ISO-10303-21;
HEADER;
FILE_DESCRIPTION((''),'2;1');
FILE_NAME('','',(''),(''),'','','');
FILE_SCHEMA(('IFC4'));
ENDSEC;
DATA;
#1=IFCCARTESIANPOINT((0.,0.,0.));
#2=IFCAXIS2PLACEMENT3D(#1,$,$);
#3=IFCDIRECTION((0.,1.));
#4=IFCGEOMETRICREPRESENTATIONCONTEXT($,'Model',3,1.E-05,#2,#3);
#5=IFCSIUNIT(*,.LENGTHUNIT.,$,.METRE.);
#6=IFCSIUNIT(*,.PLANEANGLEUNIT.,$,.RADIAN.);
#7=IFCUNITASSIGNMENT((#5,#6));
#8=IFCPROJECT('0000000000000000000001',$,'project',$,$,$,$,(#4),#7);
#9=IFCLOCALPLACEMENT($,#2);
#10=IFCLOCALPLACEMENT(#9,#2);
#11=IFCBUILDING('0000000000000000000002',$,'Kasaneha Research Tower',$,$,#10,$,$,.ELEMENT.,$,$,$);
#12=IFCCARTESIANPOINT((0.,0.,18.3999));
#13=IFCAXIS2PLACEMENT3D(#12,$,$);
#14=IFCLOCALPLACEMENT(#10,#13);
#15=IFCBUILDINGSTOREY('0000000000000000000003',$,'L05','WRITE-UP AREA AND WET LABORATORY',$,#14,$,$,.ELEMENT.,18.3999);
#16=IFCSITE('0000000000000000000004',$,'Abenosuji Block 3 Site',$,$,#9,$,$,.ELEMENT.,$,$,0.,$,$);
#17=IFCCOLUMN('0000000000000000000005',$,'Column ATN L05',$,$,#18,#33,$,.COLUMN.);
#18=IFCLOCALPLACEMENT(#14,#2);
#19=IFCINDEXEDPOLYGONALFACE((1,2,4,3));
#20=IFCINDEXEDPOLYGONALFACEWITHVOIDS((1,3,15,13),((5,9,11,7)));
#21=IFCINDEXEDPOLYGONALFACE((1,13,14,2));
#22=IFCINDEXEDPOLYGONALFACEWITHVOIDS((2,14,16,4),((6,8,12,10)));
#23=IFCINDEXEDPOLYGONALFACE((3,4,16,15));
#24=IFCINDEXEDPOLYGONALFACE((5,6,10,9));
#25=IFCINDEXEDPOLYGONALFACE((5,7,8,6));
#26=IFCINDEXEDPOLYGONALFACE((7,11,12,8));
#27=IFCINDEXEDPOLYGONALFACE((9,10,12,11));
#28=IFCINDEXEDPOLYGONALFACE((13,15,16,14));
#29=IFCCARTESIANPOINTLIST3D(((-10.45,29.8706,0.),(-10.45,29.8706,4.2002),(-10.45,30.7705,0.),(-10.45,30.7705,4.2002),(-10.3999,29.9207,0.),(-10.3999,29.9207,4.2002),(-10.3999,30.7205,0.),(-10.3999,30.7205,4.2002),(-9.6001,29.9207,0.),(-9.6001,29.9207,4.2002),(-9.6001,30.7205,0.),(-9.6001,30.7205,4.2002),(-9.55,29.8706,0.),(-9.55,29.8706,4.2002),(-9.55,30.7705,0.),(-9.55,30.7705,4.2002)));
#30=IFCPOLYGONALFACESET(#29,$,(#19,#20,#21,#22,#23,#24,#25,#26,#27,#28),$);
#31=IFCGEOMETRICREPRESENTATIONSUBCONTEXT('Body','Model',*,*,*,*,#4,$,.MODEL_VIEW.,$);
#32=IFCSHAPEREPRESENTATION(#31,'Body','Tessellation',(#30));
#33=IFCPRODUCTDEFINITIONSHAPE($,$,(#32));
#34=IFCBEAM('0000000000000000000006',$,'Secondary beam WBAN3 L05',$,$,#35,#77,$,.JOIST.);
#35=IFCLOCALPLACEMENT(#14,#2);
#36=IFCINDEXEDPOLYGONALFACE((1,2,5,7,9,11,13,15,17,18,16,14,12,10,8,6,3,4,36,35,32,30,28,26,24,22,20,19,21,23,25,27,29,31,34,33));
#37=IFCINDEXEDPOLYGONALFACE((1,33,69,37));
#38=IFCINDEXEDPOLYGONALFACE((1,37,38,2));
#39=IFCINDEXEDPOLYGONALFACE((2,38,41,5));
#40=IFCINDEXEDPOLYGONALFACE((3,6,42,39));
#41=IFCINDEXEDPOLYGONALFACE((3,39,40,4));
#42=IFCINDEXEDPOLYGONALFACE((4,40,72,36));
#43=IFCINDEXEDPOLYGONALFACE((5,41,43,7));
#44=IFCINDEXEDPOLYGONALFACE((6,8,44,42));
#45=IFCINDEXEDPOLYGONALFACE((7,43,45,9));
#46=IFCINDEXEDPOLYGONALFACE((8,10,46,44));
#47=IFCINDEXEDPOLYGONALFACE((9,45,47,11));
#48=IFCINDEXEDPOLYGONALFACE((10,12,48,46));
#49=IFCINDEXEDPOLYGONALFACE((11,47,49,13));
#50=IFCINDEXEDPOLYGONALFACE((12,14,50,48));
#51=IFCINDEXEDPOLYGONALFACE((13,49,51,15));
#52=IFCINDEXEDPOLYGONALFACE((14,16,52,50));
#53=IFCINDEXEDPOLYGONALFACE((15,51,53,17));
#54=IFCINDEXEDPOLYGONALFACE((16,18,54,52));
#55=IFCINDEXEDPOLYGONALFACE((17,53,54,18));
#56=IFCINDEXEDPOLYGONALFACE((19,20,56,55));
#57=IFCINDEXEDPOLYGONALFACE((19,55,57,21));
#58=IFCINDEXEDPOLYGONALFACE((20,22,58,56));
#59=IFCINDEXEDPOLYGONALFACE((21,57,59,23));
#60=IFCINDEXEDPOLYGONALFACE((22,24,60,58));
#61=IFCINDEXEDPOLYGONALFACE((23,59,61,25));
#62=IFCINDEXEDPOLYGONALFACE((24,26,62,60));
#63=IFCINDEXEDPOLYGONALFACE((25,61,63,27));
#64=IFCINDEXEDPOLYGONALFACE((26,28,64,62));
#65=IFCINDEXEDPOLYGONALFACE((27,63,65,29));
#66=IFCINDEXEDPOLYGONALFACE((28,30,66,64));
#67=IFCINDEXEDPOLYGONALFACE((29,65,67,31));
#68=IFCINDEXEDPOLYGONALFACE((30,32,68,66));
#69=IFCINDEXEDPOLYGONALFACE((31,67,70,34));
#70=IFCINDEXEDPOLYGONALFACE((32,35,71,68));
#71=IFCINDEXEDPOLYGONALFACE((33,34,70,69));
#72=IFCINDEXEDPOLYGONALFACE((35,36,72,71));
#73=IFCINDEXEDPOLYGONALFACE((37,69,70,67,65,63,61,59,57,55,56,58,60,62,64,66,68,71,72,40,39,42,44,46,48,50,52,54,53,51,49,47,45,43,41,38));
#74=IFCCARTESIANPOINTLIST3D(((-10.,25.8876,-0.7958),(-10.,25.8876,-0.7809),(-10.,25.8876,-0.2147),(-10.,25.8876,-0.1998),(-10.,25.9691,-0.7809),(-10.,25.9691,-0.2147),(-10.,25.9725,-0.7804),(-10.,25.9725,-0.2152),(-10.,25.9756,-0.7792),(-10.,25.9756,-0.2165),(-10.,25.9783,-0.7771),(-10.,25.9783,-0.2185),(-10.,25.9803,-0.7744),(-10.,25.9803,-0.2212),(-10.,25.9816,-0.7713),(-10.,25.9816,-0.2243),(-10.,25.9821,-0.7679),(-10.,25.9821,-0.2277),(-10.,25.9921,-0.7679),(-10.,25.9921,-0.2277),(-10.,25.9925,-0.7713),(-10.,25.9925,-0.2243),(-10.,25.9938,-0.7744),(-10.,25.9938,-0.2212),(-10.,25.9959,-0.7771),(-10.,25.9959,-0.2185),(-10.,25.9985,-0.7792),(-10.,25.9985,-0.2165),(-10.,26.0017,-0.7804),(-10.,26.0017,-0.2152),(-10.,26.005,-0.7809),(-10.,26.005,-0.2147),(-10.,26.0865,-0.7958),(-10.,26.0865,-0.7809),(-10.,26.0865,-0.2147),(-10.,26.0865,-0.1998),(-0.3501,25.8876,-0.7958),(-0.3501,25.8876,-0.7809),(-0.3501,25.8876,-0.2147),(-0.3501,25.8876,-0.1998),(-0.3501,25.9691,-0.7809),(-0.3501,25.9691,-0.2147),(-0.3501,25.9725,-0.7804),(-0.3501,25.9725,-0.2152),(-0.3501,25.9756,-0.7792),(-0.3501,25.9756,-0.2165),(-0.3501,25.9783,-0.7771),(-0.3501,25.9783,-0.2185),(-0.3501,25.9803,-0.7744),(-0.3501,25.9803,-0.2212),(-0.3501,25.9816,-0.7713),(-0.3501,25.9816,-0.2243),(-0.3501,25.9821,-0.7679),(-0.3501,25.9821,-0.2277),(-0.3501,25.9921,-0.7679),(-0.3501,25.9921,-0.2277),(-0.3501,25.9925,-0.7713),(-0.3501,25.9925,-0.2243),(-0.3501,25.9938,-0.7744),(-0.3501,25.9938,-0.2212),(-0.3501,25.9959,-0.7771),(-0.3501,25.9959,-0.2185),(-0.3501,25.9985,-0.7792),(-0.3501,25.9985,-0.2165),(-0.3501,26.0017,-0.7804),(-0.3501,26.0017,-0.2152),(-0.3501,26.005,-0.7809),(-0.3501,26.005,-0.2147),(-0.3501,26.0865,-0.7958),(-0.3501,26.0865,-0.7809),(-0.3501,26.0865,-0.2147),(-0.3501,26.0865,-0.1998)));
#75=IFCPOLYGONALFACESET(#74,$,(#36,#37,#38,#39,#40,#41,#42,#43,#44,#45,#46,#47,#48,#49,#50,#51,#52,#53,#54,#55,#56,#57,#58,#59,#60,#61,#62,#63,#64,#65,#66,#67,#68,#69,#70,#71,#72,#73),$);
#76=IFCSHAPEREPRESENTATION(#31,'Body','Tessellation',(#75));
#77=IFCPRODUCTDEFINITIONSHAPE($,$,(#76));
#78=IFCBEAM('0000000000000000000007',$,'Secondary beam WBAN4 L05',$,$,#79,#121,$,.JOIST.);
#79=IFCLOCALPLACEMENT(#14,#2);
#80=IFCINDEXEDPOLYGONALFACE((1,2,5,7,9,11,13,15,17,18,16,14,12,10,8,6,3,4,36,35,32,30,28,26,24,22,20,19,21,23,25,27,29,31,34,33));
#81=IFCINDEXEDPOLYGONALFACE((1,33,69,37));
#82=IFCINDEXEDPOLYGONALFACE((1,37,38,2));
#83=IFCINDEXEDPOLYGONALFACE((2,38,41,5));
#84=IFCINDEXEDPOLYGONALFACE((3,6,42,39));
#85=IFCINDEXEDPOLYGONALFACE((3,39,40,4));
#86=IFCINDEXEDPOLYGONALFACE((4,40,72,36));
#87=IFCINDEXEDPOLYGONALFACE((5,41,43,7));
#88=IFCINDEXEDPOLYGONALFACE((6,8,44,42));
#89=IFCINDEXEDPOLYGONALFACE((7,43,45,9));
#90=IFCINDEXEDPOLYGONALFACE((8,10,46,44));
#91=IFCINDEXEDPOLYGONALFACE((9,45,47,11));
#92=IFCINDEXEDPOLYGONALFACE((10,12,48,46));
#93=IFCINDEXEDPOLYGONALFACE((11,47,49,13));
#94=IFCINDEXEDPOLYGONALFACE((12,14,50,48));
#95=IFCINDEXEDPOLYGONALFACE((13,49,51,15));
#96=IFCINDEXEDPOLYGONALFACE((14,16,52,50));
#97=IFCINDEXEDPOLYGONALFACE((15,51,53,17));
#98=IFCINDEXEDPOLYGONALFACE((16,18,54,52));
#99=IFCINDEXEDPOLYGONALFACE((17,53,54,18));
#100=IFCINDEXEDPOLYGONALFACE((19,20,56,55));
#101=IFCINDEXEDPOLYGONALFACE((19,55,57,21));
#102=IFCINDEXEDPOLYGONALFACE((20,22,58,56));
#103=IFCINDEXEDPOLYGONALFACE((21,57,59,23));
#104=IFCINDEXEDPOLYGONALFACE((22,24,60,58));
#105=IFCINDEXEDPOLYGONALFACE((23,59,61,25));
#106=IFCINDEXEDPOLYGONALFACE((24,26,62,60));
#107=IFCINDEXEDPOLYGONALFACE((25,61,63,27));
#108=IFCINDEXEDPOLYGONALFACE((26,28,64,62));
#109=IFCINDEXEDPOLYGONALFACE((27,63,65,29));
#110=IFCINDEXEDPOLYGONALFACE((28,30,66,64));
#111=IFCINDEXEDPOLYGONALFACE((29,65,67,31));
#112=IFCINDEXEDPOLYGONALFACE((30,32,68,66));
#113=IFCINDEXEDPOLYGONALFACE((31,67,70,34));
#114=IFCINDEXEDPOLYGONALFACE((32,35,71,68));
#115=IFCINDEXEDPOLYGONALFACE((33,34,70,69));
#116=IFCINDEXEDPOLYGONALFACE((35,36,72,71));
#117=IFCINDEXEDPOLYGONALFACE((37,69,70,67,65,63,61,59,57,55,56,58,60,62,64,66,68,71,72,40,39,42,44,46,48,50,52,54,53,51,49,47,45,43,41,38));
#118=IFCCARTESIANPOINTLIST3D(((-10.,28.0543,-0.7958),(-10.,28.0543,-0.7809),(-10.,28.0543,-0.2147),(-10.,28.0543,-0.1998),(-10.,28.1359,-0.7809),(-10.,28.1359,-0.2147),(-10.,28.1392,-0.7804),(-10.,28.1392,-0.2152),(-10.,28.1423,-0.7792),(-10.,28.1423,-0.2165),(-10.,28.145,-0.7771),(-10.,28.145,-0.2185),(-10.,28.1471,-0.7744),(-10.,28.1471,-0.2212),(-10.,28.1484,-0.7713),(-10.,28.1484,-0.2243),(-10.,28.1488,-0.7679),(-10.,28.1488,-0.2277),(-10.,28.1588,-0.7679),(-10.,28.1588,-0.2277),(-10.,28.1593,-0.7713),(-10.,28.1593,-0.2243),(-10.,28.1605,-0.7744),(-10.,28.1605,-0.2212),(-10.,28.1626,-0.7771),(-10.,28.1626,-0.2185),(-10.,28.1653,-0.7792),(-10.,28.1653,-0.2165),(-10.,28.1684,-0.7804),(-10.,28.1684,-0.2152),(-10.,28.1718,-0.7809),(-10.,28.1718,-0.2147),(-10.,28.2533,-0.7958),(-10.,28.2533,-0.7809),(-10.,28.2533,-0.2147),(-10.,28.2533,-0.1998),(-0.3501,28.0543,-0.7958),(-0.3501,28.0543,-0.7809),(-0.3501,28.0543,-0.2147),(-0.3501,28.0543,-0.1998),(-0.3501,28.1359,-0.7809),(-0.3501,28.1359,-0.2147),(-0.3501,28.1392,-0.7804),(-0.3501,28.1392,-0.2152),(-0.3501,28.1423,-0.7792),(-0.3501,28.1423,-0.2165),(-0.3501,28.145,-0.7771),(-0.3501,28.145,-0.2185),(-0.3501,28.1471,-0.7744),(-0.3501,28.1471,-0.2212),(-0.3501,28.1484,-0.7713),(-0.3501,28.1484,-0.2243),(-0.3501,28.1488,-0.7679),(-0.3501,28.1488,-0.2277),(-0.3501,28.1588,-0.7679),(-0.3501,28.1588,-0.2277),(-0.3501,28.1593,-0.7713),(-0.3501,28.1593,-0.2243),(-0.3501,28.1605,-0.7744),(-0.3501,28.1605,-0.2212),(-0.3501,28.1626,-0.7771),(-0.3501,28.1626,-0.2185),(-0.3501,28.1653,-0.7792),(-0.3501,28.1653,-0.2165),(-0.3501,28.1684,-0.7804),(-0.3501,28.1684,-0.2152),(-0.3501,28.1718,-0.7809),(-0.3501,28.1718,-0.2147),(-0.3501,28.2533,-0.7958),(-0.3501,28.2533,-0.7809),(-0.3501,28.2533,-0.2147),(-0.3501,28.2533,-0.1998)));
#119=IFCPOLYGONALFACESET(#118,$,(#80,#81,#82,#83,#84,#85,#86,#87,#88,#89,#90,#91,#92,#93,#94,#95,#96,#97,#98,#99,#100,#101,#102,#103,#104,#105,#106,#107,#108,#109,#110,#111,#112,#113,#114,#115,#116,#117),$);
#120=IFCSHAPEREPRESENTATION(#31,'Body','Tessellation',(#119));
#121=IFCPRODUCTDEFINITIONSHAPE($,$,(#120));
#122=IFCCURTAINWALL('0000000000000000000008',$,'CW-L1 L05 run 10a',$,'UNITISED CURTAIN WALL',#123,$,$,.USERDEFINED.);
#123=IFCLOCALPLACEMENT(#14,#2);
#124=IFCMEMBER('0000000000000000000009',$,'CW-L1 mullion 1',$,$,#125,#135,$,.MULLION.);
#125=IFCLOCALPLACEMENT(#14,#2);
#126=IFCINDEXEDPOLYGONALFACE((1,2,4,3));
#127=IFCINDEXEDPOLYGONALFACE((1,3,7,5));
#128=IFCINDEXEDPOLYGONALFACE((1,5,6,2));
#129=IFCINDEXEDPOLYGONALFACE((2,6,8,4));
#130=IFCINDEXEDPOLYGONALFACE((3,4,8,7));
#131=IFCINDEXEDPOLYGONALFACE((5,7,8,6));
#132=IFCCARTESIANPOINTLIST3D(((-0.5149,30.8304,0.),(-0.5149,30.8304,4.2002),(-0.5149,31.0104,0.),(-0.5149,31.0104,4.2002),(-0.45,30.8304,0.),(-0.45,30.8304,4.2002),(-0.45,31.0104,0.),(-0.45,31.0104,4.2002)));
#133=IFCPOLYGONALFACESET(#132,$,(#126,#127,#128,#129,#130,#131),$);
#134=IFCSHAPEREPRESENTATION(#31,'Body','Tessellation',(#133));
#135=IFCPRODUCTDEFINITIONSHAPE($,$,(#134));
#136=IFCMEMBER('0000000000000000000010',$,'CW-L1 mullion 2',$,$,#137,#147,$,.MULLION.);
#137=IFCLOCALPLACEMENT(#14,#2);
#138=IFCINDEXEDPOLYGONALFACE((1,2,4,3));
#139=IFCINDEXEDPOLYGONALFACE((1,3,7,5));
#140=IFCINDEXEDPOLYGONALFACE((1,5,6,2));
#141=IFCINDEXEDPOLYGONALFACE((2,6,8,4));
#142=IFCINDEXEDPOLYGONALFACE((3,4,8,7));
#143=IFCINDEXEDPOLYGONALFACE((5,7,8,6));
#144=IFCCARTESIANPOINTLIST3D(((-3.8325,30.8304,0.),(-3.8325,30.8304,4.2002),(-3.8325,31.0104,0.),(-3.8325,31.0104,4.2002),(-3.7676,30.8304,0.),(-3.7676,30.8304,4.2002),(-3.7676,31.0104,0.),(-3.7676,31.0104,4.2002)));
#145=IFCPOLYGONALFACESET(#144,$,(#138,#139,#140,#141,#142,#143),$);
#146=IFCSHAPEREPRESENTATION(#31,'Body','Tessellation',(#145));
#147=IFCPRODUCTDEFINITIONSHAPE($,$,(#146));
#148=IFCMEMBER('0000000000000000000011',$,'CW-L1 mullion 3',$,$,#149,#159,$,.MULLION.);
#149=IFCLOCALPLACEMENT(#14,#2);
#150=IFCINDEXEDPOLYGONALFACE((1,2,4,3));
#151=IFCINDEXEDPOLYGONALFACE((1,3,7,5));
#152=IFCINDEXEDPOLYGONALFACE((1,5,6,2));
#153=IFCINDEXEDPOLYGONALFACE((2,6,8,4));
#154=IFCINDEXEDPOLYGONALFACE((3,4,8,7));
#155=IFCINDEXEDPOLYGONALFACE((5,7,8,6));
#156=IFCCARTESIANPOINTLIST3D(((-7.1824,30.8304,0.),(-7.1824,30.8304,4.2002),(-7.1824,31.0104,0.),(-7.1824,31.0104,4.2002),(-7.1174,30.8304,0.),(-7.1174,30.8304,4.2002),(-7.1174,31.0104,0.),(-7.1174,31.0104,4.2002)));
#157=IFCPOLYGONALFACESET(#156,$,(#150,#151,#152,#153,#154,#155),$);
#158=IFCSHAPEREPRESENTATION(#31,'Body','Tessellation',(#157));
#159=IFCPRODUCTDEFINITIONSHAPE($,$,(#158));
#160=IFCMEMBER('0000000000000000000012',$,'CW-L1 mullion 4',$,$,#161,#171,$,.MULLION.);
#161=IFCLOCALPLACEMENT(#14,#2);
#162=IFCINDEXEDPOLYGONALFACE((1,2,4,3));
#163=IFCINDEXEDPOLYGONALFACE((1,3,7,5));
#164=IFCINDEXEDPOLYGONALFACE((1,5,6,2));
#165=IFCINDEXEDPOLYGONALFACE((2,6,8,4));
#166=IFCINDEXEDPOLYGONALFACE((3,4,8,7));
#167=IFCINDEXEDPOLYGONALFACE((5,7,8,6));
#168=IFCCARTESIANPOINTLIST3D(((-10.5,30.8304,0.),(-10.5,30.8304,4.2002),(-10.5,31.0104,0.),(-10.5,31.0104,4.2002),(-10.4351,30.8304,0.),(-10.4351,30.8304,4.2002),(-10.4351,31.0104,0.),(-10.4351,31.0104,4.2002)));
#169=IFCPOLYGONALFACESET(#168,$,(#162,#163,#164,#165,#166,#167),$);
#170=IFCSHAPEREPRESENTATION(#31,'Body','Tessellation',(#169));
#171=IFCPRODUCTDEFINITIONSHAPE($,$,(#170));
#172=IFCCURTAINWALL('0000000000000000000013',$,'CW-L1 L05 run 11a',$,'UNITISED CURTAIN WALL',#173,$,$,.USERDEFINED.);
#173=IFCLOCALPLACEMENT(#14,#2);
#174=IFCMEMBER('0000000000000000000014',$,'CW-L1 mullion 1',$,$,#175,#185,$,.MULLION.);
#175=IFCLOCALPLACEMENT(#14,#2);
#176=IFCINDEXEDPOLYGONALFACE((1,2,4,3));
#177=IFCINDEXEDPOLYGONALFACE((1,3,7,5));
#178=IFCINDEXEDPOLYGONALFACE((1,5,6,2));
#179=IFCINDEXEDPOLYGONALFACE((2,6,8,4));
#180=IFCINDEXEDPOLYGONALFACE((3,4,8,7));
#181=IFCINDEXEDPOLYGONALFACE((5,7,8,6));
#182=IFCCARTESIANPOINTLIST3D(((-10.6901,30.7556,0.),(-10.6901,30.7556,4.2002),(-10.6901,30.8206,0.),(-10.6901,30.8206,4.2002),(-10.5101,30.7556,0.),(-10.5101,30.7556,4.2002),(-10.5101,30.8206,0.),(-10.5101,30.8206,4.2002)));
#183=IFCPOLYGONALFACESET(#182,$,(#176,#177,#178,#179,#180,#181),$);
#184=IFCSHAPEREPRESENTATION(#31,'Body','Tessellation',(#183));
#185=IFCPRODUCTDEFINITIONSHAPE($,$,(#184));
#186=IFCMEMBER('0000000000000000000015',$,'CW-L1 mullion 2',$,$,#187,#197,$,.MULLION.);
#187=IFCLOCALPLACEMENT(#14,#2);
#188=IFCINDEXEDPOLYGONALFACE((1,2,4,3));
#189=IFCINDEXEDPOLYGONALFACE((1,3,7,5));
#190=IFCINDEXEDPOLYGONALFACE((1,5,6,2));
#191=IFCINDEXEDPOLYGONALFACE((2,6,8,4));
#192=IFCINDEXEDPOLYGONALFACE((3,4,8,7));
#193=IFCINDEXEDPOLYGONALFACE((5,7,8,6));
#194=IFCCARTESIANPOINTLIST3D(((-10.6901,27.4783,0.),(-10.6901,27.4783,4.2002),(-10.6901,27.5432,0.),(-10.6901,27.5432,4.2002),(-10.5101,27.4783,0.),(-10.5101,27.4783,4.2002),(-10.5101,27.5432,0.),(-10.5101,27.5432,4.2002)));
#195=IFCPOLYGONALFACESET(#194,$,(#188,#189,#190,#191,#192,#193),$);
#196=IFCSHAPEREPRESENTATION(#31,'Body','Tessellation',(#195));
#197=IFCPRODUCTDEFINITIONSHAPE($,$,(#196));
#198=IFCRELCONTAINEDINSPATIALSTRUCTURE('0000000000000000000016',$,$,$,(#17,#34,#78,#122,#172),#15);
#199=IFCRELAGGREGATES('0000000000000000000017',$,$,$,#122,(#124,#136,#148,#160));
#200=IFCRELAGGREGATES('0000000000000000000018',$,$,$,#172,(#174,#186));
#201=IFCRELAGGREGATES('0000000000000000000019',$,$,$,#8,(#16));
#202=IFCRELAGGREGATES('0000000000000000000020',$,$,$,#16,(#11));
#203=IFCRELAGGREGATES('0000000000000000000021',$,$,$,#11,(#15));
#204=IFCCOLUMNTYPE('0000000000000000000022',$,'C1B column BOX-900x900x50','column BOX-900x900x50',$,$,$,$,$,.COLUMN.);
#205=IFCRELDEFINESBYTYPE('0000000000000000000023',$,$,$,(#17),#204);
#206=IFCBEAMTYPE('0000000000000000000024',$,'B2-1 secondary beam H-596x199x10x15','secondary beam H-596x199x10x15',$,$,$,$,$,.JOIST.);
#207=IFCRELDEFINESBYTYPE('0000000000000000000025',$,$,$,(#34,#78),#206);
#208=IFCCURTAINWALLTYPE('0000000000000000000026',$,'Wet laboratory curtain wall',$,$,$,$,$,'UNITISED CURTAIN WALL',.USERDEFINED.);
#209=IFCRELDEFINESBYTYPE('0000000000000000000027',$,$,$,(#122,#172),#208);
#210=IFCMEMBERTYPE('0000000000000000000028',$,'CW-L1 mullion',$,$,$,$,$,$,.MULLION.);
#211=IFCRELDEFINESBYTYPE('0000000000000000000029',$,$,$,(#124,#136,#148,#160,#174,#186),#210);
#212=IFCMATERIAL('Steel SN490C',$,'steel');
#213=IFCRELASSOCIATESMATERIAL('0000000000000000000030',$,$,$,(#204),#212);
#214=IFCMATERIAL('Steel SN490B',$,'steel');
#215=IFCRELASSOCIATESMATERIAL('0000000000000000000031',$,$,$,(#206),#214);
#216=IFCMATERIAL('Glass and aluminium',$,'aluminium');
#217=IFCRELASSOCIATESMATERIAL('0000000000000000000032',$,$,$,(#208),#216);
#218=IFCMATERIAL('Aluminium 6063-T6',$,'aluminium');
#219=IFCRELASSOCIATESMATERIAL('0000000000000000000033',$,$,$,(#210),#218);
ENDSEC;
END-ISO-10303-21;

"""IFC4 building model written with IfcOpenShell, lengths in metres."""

from ifc_helpers import new_model, si_unit, direction, frame, origin, origin_2d, place, context, subcontext, project, spatial, rectangle, hollow_rectangle, i_section, extrude, material, material_profile, profile_set, type_object, element, aggregate, save


model = new_model("IFC4")

# Units and contexts
model_context = context("Model", 3, precision=1e-05, world=origin(), true_north=direction((0.0, 1.0)))
body_context = subcontext(model_context, "Body", "Model", "MODEL_VIEW")
ifc_project = project(units=[si_unit("LENGTHUNIT", "METRE"), si_unit("PLANEANGLEUNIT", "RADIAN")], contexts=[model_context])

# Site, building, storey
site_placement = place(None, origin())
site = spatial("IfcSite", under=ifc_project, at=site_placement, Name="Abenosuji Block 3 Site", CompositionType="ELEMENT", RefElevation=0.0)
building_placement = place(site_placement, origin())
building = spatial("IfcBuilding", under=site, at=building_placement, Name="Kasaneha Research Tower", CompositionType="ELEMENT")
storey_placement = place(building_placement, frame((0.0, 0.0, 18.3999)))
storey = spatial("IfcBuildingStorey", under=building, at=storey_placement, Name="L05", Description="WRITE-UP AREA AND WET LABORATORY", CompositionType="ELEMENT", Elevation=18.3999)

# Column
ifc_material_1 = material(Name="Steel SN490C", Category="steel")
ifc_material_profile_1 = material_profile(ifc_material_1, hollow_rectangle(XDim=0.8999, YDim=0.8999, WallThickness=0.05, at=origin_2d()), Name="BOX-900x900x50")
ifc_profile_set_1 = profile_set([ifc_material_profile_1], Name="Steel SN490C")
column_type = type_object("IfcColumnType", Name="C1B column BOX-900x900x50", Description="column BOX-900x900x50", PredefinedType="COLUMN", material=ifc_profile_set_1)
column_placement = place(storey_placement, frame((-10.0, 30.3206, 0.0), z_axis=(0.0, 0.0, 1.0), x_axis=(1.0, 0.0, 0.0)))
element("IfcColumn", 1, at=column_placement, inside=storey, type_object=column_type, Name="Column ATN L05", PredefinedType="COLUMN", context=body_context, shape_type="SweptSolid", body=[
    extrude(hollow_rectangle(XDim=0.8999, YDim=0.8999, WallThickness=0.05, at=origin_2d()), origin(), (0.0, 0.0, 1.0), 4.2002),
])

# Beams
ifc_material_2 = material(Name="Steel SN490B", Category="steel")
ifc_material_profile_2 = material_profile(ifc_material_2, i_section(OverallWidth=0.199, OverallDepth=0.5959, WebThickness=0.01, FlangeThickness=0.0149, FilletRadius=0.0129, at=origin_2d()), Name="H-596x199x10x15")
ifc_profile_set_2 = profile_set([ifc_material_profile_2], Name="Steel SN490B")
beam_type_1 = type_object("IfcBeamType", Name="B2-1 secondary beam H-596x199x10x15", Description="secondary beam H-596x199x10x15", PredefinedType="JOIST", material=ifc_profile_set_2)
for number, where, z_axis, x_axis, name in (
    (2, (-10.0, 25.9871, -0.4978), (1.0, 0.0, 0.0), (0.0, 1.0, 0.0), "Secondary beam WBAN3 L05"),
    (3, (-10.0, 28.1538, -0.4978), (1.0, 0.0, 0.0), (0.0, 1.0, 0.0), "Secondary beam WBAN4 L05"),
):
    element("IfcBeam", number, at=place(storey_placement, frame(where, z_axis=z_axis, x_axis=x_axis)), inside=storey, type_object=beam_type_1, Name=name, PredefinedType="JOIST", context=body_context, shape_type="SweptSolid", body=[
        extrude(i_section(OverallWidth=0.199, OverallDepth=0.5959, WebThickness=0.01, FlangeThickness=0.0149, FilletRadius=0.0129, at=origin_2d()), origin(), (0.0, 0.0, 1.0), 9.6499),
    ])

# Curtain walls, members
ifc_material_3 = material(Name="Glass and aluminium", Category="aluminium")
curtain_wall_type = type_object("IfcCurtainWallType", Name="Wet laboratory curtain wall", ElementType="UNITISED CURTAIN WALL", PredefinedType="USERDEFINED", material=ifc_material_3)
curtain_wall_1_placement = place(storey_placement, origin())
curtain_wall_1 = element("IfcCurtainWall", 4, at=curtain_wall_1_placement, inside=storey, type_object=curtain_wall_type, Name="CW-L1 L05 run 10a", ObjectType="UNITISED CURTAIN WALL", PredefinedType="USERDEFINED")
ifc_material_4 = material(Name="Aluminium 6063-T6", Category="aluminium")
ifc_material_profile_3 = material_profile(ifc_material_4, rectangle(XDim=0.0649, YDim=0.1799, at=origin_2d()), Name="CW-L1 mullion 65x180")
ifc_profile_set_3 = profile_set([ifc_material_profile_3], Name="Aluminium 6063-T6")
member_type_1 = type_object("IfcMemberType", Name="CW-L1 mullion", PredefinedType="MULLION", material=ifc_profile_set_3)
member_1_placement = place(storey_placement, frame((-0.4824, 30.9204, 0.0), z_axis=(0.0, 0.0, 1.0), x_axis=(-1.0, 0.0, 0.0)))
member_1 = element("IfcMember", 5, at=member_1_placement, type_object=member_type_1, Name="CW-L1 mullion 1", PredefinedType="MULLION", context=body_context, shape_type="SweptSolid", body=[
    extrude(rectangle(XDim=0.0649, YDim=0.1799, at=origin_2d()), origin(), (0.0, 0.0, 1.0), 4.2002),
])
member_2_placement = place(storey_placement, frame((-3.8, 30.9204, 0.0), z_axis=(0.0, 0.0, 1.0), x_axis=(-1.0, 0.0, 0.0)))
member_2 = element("IfcMember", 6, at=member_2_placement, type_object=member_type_1, Name="CW-L1 mullion 2", PredefinedType="MULLION", context=body_context, shape_type="SweptSolid", body=[
    extrude(rectangle(XDim=0.0649, YDim=0.1799, at=origin_2d()), origin(), (0.0, 0.0, 1.0), 4.2002),
])
member_3_placement = place(storey_placement, frame((-7.1499, 30.9204, 0.0), z_axis=(0.0, 0.0, 1.0), x_axis=(-1.0, 0.0, 0.0)))
member_3 = element("IfcMember", 7, at=member_3_placement, type_object=member_type_1, Name="CW-L1 mullion 3", PredefinedType="MULLION", context=body_context, shape_type="SweptSolid", body=[
    extrude(rectangle(XDim=0.0649, YDim=0.1799, at=origin_2d()), origin(), (0.0, 0.0, 1.0), 4.2002),
])
member_4_placement = place(storey_placement, frame((-10.4675, 30.9204, 0.0), z_axis=(0.0, 0.0, 1.0), x_axis=(-1.0, 0.0, 0.0)))
member_4 = element("IfcMember", 8, at=member_4_placement, type_object=member_type_1, Name="CW-L1 mullion 4", PredefinedType="MULLION", context=body_context, shape_type="SweptSolid", body=[
    extrude(rectangle(XDim=0.0649, YDim=0.1799, at=origin_2d()), origin(), (0.0, 0.0, 1.0), 4.2002),
])
curtain_wall_2_placement = place(storey_placement, origin())
curtain_wall_2 = element("IfcCurtainWall", 9, at=curtain_wall_2_placement, inside=storey, type_object=curtain_wall_type, Name="CW-L1 L05 run 11a", ObjectType="UNITISED CURTAIN WALL", PredefinedType="USERDEFINED")
member_5_placement = place(storey_placement, frame((-10.6001, 30.7881, 0.0), z_axis=(0.0, 0.0, 1.0), x_axis=(0.0, -1.0, 0.0)))
member_5 = element("IfcMember", 10, at=member_5_placement, type_object=member_type_1, Name="CW-L1 mullion 1", PredefinedType="MULLION", context=body_context, shape_type="SweptSolid", body=[
    extrude(rectangle(XDim=0.0649, YDim=0.1799, at=origin_2d()), origin(), (0.0, 0.0, 1.0), 4.2002),
])
member_6_placement = place(storey_placement, frame((-10.6001, 27.5107, 0.0), z_axis=(0.0, 0.0, 1.0), x_axis=(0.0, -1.0, 0.0)))
member_6 = element("IfcMember", 11, at=member_6_placement, type_object=member_type_1, Name="CW-L1 mullion 2", PredefinedType="MULLION", context=body_context, shape_type="SweptSolid", body=[
    extrude(rectangle(XDim=0.0649, YDim=0.1799, at=origin_2d()), origin(), (0.0, 0.0, 1.0), 4.2002),
])

aggregate(curtain_wall_1, [member_1, member_2, member_3, member_4])
aggregate(curtain_wall_2, [member_5, member_6])

save(model, "model.ifc")
